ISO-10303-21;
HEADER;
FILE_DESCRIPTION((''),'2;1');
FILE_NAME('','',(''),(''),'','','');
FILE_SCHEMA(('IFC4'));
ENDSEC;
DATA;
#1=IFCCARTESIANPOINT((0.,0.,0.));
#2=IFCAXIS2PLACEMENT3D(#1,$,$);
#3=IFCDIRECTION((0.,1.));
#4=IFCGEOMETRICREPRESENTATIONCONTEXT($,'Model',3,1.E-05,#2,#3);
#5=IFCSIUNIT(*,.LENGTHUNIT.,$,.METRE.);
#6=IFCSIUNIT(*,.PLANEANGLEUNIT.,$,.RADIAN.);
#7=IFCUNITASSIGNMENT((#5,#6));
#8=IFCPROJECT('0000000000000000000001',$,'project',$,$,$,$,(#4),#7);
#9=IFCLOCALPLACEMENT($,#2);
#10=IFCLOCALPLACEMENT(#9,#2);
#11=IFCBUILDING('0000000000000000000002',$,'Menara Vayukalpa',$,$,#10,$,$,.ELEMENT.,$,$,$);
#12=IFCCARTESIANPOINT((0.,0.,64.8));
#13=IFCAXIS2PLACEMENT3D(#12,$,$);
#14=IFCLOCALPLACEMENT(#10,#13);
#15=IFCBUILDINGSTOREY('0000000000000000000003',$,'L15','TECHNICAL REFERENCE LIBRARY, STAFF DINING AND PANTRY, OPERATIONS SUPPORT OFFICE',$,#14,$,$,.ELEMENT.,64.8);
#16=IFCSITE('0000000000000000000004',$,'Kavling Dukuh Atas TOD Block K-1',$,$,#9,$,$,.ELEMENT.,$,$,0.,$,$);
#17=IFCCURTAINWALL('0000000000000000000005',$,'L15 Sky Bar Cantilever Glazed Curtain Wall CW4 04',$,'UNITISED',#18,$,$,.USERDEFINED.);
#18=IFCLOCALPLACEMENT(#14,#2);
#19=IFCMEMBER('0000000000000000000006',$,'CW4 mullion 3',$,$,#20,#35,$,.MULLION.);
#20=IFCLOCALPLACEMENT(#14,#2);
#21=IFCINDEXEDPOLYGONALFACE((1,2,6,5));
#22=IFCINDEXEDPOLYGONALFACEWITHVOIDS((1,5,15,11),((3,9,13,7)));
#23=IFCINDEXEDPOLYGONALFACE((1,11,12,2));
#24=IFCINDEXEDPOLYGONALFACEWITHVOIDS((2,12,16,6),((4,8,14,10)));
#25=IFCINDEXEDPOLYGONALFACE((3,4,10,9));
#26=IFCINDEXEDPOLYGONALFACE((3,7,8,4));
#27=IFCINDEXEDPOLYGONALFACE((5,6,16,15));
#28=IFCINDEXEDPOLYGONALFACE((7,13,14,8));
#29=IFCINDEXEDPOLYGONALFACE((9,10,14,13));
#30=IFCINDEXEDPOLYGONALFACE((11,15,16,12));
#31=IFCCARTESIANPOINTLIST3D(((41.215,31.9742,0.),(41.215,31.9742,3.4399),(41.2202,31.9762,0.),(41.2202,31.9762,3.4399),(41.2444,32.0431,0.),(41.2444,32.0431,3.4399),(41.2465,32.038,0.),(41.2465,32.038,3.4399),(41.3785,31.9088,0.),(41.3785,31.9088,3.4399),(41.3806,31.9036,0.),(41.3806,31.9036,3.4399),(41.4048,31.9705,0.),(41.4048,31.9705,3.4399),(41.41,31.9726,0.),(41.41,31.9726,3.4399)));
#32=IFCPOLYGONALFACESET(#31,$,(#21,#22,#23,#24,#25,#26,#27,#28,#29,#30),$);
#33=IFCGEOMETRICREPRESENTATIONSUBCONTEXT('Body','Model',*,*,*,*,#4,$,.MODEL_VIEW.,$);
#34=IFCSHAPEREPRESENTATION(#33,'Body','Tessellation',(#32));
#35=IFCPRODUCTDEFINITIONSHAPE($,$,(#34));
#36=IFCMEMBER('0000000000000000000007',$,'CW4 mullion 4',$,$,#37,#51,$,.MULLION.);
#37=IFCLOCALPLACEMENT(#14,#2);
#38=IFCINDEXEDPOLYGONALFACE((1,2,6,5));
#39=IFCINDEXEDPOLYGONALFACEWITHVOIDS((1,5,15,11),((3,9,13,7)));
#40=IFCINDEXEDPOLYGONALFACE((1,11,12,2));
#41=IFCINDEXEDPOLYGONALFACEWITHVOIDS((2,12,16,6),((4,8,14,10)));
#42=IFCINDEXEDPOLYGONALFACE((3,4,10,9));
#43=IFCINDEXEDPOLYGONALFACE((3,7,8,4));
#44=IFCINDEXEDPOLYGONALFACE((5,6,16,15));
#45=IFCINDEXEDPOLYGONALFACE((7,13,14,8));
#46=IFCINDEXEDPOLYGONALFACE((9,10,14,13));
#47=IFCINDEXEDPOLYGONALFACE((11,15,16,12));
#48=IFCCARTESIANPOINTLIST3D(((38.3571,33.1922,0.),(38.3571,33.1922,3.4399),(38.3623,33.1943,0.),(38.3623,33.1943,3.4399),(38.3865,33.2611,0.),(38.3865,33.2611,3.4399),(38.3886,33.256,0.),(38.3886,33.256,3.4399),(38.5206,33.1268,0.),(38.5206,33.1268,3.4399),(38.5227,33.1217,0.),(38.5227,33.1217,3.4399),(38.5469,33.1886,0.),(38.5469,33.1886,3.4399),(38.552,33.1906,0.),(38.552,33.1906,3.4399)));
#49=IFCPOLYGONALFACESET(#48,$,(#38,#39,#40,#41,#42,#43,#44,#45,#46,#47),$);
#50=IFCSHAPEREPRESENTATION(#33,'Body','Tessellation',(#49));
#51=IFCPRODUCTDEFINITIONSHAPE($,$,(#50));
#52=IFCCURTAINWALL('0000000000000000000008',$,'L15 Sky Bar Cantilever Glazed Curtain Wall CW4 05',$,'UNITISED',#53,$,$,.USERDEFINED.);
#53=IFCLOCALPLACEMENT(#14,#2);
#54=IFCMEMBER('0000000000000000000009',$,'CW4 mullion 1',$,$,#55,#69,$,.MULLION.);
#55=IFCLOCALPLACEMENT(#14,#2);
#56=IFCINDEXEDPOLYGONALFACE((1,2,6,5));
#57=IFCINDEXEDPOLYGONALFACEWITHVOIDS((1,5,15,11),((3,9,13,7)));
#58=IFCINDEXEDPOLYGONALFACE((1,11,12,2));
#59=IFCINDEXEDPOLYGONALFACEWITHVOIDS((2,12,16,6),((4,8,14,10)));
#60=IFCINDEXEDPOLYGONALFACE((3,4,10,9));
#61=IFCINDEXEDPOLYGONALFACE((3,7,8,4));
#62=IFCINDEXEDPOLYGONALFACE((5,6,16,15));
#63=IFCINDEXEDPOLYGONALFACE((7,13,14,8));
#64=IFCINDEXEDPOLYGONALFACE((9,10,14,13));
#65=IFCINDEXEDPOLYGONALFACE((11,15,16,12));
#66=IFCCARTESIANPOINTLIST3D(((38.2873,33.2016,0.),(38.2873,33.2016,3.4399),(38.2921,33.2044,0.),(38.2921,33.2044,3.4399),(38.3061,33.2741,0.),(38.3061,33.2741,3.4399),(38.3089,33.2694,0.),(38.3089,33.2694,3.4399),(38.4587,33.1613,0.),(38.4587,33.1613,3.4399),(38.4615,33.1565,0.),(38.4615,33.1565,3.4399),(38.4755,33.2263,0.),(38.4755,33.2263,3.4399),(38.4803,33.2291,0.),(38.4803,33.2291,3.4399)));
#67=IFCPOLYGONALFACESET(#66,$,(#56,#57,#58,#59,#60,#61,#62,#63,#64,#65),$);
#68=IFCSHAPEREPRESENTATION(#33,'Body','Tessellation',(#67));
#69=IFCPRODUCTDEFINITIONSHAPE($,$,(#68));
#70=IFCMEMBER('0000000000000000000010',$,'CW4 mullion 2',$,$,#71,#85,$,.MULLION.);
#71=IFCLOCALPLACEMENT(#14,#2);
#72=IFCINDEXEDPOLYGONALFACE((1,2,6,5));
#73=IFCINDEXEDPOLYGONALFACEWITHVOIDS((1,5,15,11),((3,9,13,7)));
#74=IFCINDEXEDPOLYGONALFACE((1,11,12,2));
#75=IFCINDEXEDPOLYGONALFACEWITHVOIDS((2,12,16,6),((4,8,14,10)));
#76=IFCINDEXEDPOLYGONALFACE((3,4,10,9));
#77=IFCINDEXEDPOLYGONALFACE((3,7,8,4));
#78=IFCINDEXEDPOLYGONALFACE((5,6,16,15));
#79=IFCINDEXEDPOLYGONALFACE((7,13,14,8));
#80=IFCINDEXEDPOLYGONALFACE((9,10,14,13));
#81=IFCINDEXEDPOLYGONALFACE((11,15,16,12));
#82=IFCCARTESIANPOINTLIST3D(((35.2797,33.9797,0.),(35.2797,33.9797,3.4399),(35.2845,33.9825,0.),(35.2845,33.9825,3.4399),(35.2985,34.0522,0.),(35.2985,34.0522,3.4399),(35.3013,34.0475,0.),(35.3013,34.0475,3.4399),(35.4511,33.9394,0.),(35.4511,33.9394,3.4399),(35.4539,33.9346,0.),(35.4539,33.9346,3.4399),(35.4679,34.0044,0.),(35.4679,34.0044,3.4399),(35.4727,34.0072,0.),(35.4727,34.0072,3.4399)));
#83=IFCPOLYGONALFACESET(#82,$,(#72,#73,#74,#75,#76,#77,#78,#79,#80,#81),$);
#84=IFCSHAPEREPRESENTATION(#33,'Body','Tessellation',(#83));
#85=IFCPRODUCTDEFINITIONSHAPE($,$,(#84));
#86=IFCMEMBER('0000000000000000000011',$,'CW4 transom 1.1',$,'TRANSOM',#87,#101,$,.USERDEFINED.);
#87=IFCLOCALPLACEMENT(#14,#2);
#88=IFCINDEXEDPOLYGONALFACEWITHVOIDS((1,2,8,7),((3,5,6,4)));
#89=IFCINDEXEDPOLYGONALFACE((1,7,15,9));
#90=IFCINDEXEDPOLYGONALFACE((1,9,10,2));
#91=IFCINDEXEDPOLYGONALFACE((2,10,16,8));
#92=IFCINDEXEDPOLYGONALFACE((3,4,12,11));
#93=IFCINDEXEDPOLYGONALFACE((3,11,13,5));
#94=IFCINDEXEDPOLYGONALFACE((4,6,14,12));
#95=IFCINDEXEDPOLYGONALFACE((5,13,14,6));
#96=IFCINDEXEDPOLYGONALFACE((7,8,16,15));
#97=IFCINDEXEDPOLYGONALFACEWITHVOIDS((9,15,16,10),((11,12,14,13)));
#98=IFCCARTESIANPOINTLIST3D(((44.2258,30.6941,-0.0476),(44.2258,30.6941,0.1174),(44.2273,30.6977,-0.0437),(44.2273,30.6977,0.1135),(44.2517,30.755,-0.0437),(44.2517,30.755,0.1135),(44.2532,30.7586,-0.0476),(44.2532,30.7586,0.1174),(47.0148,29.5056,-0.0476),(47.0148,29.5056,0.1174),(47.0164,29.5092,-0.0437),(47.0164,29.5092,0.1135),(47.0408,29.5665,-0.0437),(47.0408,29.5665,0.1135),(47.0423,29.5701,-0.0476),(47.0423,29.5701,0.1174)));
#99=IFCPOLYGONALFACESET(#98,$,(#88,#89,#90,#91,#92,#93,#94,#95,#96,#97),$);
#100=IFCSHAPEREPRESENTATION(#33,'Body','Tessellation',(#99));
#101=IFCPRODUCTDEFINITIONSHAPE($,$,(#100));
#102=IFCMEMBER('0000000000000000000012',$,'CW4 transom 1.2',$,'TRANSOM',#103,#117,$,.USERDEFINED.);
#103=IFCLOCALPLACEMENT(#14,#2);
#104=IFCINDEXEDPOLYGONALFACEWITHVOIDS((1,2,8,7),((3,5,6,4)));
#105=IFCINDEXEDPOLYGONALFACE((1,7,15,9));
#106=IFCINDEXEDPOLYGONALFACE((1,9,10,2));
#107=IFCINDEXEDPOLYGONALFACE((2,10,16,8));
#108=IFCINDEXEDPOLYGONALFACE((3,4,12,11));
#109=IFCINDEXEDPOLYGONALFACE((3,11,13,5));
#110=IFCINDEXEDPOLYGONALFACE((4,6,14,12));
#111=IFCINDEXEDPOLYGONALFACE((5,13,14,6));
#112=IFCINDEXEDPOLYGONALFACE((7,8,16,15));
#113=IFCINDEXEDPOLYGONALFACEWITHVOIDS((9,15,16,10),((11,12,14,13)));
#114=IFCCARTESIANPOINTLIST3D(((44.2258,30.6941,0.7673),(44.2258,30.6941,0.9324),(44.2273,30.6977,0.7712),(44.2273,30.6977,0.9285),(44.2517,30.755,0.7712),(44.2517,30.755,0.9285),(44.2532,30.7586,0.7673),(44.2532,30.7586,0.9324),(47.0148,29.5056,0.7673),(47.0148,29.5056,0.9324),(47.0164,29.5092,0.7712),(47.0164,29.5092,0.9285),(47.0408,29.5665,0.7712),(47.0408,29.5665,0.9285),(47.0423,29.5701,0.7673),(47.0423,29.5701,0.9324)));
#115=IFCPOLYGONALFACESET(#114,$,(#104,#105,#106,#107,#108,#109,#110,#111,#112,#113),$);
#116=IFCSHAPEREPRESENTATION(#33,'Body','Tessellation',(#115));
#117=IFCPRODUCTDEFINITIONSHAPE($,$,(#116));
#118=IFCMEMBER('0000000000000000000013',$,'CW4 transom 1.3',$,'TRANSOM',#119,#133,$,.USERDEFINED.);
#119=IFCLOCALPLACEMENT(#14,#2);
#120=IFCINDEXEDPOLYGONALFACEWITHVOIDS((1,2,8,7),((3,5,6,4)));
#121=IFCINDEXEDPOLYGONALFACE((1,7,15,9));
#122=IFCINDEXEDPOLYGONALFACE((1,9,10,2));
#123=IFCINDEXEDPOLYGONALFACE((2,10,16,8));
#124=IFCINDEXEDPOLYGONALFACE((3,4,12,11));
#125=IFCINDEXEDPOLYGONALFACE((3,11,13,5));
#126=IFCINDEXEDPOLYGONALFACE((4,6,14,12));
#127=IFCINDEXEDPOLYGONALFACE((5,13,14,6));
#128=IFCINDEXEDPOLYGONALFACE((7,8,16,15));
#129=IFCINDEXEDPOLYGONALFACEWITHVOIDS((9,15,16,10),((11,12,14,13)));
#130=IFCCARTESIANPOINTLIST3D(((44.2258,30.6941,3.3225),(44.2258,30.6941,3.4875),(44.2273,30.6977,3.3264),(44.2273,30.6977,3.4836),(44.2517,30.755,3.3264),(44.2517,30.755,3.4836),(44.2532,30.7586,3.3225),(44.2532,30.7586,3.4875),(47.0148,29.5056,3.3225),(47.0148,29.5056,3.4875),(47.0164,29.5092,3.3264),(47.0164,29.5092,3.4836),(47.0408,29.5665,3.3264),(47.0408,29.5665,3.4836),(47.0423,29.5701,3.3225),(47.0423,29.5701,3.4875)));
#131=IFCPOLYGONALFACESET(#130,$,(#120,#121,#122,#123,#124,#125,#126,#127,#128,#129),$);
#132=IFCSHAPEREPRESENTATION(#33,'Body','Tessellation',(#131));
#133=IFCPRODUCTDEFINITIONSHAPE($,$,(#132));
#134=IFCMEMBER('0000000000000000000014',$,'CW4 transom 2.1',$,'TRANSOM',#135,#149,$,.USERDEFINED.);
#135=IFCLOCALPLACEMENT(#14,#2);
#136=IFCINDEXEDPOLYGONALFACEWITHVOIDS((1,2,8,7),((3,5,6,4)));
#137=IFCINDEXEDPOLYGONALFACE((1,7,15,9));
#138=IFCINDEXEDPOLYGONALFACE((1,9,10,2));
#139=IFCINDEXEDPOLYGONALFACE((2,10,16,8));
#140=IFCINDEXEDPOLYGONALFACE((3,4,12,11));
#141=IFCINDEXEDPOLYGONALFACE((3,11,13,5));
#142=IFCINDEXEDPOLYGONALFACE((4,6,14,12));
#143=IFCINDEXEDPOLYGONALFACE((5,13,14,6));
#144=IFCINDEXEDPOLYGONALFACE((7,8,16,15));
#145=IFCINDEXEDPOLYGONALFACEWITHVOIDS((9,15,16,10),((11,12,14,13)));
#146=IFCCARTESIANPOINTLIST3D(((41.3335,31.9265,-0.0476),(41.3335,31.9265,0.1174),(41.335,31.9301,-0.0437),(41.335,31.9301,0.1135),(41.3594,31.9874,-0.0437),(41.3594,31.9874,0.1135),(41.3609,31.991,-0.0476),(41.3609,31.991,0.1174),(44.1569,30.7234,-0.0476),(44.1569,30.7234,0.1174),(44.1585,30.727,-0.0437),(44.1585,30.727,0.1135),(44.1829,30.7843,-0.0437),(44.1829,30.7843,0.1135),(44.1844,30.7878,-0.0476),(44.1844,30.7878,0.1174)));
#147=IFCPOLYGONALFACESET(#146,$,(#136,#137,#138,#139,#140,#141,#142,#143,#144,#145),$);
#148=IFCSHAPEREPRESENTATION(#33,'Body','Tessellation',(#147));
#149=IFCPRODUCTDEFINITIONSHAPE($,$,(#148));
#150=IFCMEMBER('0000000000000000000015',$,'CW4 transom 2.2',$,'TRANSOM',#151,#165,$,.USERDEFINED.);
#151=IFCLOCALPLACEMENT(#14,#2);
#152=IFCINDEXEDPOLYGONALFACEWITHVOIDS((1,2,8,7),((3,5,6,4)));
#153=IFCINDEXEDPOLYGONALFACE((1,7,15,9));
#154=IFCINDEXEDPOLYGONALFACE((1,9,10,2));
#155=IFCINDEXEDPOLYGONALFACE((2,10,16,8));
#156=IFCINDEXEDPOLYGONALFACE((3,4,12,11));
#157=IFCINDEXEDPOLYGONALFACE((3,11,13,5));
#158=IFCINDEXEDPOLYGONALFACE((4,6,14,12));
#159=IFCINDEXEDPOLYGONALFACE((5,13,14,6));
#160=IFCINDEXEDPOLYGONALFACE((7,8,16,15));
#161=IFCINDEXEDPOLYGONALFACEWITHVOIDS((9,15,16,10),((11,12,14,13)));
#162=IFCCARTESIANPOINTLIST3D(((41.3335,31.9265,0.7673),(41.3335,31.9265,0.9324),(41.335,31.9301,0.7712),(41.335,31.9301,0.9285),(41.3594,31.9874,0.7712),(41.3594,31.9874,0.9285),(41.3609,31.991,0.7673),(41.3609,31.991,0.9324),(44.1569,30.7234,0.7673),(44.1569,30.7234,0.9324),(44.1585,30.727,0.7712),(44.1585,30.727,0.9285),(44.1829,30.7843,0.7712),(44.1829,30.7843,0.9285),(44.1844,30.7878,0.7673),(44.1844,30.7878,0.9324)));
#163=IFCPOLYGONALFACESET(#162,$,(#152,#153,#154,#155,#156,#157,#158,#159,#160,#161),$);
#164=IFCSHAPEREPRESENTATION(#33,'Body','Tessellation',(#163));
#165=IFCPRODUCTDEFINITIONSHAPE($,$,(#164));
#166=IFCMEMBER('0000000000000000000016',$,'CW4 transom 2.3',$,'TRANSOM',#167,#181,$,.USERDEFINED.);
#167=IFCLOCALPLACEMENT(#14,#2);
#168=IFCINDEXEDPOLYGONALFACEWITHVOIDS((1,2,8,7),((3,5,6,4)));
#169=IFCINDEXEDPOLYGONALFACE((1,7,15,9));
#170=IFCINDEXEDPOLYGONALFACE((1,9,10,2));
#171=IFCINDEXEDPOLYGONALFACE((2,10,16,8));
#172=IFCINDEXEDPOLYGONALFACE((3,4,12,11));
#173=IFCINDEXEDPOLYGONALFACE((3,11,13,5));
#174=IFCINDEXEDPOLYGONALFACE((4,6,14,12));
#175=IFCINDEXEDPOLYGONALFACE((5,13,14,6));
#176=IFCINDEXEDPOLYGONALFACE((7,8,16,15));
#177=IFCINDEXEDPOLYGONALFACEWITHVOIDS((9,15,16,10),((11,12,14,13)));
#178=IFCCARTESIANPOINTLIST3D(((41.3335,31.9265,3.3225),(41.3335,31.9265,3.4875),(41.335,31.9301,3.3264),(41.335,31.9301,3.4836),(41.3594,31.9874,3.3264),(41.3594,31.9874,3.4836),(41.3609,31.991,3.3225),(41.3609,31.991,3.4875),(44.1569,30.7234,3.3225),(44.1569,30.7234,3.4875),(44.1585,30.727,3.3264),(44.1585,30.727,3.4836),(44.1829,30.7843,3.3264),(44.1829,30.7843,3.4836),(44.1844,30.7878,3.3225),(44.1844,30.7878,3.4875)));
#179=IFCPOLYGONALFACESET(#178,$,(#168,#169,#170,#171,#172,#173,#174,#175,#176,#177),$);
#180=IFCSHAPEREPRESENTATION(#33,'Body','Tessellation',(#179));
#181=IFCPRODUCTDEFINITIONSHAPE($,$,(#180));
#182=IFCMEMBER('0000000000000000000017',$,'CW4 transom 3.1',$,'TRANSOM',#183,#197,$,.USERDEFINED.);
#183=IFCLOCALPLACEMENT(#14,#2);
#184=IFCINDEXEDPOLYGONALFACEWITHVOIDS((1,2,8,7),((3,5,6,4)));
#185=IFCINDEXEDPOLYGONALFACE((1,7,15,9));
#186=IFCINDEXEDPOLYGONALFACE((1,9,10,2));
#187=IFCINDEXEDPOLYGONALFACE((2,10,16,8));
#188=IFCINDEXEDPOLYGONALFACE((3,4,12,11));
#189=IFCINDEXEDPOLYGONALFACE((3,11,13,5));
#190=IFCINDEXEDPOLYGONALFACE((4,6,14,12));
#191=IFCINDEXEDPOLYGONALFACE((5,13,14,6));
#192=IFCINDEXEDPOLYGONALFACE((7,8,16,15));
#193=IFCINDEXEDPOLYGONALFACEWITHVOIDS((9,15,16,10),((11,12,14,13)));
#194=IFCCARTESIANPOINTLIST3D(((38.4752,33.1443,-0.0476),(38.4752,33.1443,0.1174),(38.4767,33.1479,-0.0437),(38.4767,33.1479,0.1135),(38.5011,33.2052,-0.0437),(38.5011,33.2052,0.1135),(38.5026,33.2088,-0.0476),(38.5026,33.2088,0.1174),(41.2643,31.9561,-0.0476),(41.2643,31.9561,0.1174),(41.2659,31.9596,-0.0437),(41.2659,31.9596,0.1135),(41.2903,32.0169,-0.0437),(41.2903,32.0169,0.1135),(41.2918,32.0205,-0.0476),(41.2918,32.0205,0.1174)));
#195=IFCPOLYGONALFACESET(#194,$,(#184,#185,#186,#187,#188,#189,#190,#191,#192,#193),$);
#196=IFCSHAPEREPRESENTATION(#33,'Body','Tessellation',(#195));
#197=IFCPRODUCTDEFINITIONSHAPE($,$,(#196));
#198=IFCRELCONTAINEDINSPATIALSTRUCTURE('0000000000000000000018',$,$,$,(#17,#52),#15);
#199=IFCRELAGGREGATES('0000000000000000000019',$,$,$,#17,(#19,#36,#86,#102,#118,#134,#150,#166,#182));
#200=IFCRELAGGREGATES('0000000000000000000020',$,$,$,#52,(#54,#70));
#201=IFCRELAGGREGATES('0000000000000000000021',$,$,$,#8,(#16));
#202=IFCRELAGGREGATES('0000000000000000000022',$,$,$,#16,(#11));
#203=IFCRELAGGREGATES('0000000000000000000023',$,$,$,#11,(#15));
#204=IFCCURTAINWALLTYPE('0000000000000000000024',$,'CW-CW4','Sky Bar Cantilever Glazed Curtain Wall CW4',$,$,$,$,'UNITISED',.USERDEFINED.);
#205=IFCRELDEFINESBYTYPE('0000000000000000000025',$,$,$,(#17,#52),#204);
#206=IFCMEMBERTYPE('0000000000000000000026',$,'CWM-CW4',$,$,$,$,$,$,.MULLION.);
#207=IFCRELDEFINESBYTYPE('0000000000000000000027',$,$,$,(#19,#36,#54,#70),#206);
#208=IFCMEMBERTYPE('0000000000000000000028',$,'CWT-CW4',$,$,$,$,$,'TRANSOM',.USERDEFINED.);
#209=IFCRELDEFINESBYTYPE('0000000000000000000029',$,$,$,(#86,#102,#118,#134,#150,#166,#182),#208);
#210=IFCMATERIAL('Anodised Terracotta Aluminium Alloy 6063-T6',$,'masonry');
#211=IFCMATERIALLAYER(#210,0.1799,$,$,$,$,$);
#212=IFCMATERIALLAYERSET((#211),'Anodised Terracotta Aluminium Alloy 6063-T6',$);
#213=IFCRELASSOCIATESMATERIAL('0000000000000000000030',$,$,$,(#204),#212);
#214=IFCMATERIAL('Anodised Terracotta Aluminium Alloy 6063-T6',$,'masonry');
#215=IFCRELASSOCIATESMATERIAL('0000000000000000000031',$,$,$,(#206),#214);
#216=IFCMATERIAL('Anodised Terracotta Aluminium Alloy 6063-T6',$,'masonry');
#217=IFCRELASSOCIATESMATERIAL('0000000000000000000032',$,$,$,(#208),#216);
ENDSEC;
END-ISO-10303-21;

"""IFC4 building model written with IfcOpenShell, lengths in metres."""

from ifc_helpers import new_model, si_unit, direction, frame, origin, origin_2d, place, context, subcontext, project, spatial, hollow_rectangle, extrude, material, layer, layer_set, material_profile, profile_set, type_object, element, aggregate, save


model = new_model("IFC4")

# Units and contexts
model_context = context("Model", 3, precision=1e-05, world=origin(), true_north=direction((0.0, 1.0)))
body_context = subcontext(model_context, "Body", "Model", "MODEL_VIEW")
ifc_project = project(units=[si_unit("LENGTHUNIT", "METRE"), si_unit("PLANEANGLEUNIT", "RADIAN")], contexts=[model_context])

# Site, building, storey
site_placement = place(None, origin())
site = spatial("IfcSite", under=ifc_project, at=site_placement, Name="Kavling Dukuh Atas TOD Block K-1", CompositionType="ELEMENT", RefElevation=0.0)
building_placement = place(site_placement, origin())
building = spatial("IfcBuilding", under=site, at=building_placement, Name="Menara Vayukalpa", CompositionType="ELEMENT")
storey_placement = place(building_placement, frame((0.0, 0.0, 64.8)))
storey = spatial("IfcBuildingStorey", under=building, at=storey_placement, Name="L15", Description="TECHNICAL REFERENCE LIBRARY, STAFF DINING AND PANTRY, OPERATIONS SUPPORT OFFICE", CompositionType="ELEMENT", Elevation=64.8)

# Curtain walls, members
ifc_material_1 = material(Name="Anodised Terracotta Aluminium Alloy 6063-T6", Category="masonry")
ifc_layer_1 = layer(ifc_material_1, 0.1799)
ifc_layer_set_1 = layer_set([ifc_layer_1], Name="Anodised Terracotta Aluminium Alloy 6063-T6")
curtain_wall_type = type_object("IfcCurtainWallType", Name="CW-CW4", Description="Sky Bar Cantilever Glazed Curtain Wall CW4", ElementType="UNITISED", PredefinedType="USERDEFINED", material=ifc_layer_set_1)
curtain_wall_1_placement = place(storey_placement, origin())
curtain_wall_1 = element("IfcCurtainWall", 1, at=curtain_wall_1_placement, inside=storey, type_object=curtain_wall_type, Name="L15 Sky Bar Cantilever Glazed Curtain Wall CW4 04", ObjectType="UNITISED", PredefinedType="USERDEFINED")
ifc_material_2 = material(Name="Anodised Terracotta Aluminium Alloy 6063-T6", Category="masonry")
ifc_material_profile_1 = material_profile(ifc_material_2, hollow_rectangle(XDim=0.075, YDim=0.1799, WallThickness=0.0039, at=origin_2d()), Name="ALU 75x180x4")
ifc_profile_set_1 = profile_set([ifc_material_profile_1], Name="Anodised Terracotta Aluminium Alloy 6063-T6")
member_type_1 = type_object("IfcMemberType", Name="CWM-CW4", PredefinedType="MULLION", material=ifc_profile_set_1)
member_1_placement = place(storey_placement, frame((41.3125, 31.9734, 0.0), z_axis=(0.0, 0.0, 1.0), x_axis=(-0.392008, -0.919962, 0.0)))
member_1 = element("IfcMember", 2, at=member_1_placement, type_object=member_type_1, Name="CW4 mullion 3", PredefinedType="MULLION", context=body_context, shape_type="SweptSolid", body=[
    extrude(hollow_rectangle(XDim=0.075, YDim=0.1799, WallThickness=0.0039, at=origin_2d()), origin(), (0.0, 0.0, 1.0), 3.4399),
])
member_2_placement = place(storey_placement, frame((38.4546, 33.1914, 0.0), z_axis=(0.0, 0.0, 1.0), x_axis=(-0.392008, -0.919962, 0.0)))
member_2 = element("IfcMember", 3, at=member_2_placement, type_object=member_type_1, Name="CW4 mullion 4", PredefinedType="MULLION", context=body_context, shape_type="SweptSolid", body=[
    extrude(hollow_rectangle(XDim=0.075, YDim=0.1799, WallThickness=0.0039, at=origin_2d()), origin(), (0.0, 0.0, 1.0), 3.4399),
])
curtain_wall_2_placement = place(storey_placement, origin())
curtain_wall_2 = element("IfcCurtainWall", 4, at=curtain_wall_2_placement, inside=storey, type_object=curtain_wall_type, Name="L15 Sky Bar Cantilever Glazed Curtain Wall CW4 05", ObjectType="UNITISED", PredefinedType="USERDEFINED")
member_3_placement = place(storey_placement, frame((38.3838, 33.2153, 0.0), z_axis=(0.0, 0.0, 1.0), x_axis=(-0.250403, -0.968142, 0.0)))
member_3 = element("IfcMember", 5, at=member_3_placement, type_object=member_type_1, Name="CW4 mullion 1", PredefinedType="MULLION", context=body_context, shape_type="SweptSolid", body=[
    extrude(hollow_rectangle(XDim=0.075, YDim=0.1799, WallThickness=0.0039, at=origin_2d()), origin(), (0.0, 0.0, 1.0), 3.4399),
])
member_4_placement = place(storey_placement, frame((35.3762, 33.9934, 0.0), z_axis=(0.0, 0.0, 1.0), x_axis=(-0.250403, -0.968142, 0.0)))
member_4 = element("IfcMember", 6, at=member_4_placement, type_object=member_type_1, Name="CW4 mullion 2", PredefinedType="MULLION", context=body_context, shape_type="SweptSolid", body=[
    extrude(hollow_rectangle(XDim=0.075, YDim=0.1799, WallThickness=0.0039, at=origin_2d()), origin(), (0.0, 0.0, 1.0), 3.4399),
])

# Members
ifc_material_3 = material(Name="Anodised Terracotta Aluminium Alloy 6063-T6", Category="masonry")
ifc_material_profile_2 = material_profile(ifc_material_3, hollow_rectangle(XDim=0.0701, YDim=0.165, WallThickness=0.0039, at=origin_2d()), Name="ALU 70x165x4")
ifc_profile_set_2 = profile_set([ifc_material_profile_2], Name="Anodised Terracotta Aluminium Alloy 6063-T6")
member_type_2 = type_object("IfcMemberType", Name="CWT-CW4", ElementType="TRANSOM", PredefinedType="USERDEFINED", material=ifc_profile_set_2)
member_5_placement = place(storey_placement, frame((47.0286, 29.5378, 0.0349), z_axis=(-0.919959, 0.392014, 0.0), x_axis=(-0.392014, -0.919959, 0.0)))
member_5 = element("IfcMember", 7, at=member_5_placement, type_object=member_type_2, Name="CW4 transom 1.1", ObjectType="TRANSOM", PredefinedType="USERDEFINED", context=body_context, shape_type="SweptSolid", body=[
    extrude(hollow_rectangle(XDim=0.0701, YDim=0.165, WallThickness=0.0039, at=origin_2d()), origin(), (0.0, 0.0, 1.0), 3.0317),
])
member_6_placement = place(storey_placement, frame((47.0286, 29.5378, 0.8499), z_axis=(-0.919959, 0.392014, 0.0), x_axis=(-0.392014, -0.919959, 0.0)))
member_6 = element("IfcMember", 8, at=member_6_placement, type_object=member_type_2, Name="CW4 transom 1.2", ObjectType="TRANSOM", PredefinedType="USERDEFINED", context=body_context, shape_type="SweptSolid", body=[
    extrude(hollow_rectangle(XDim=0.0701, YDim=0.165, WallThickness=0.0039, at=origin_2d()), origin(), (0.0, 0.0, 1.0), 3.0317),
])
member_7_placement = place(storey_placement, frame((47.0286, 29.5378, 3.405), z_axis=(-0.919959, 0.392014, 0.0), x_axis=(-0.392014, -0.919959, 0.0)))
member_7 = element("IfcMember", 9, at=member_7_placement, type_object=member_type_2, Name="CW4 transom 1.3", ObjectType="TRANSOM", PredefinedType="USERDEFINED", context=body_context, shape_type="SweptSolid", body=[
    extrude(hollow_rectangle(XDim=0.0701, YDim=0.165, WallThickness=0.0039, at=origin_2d()), origin(), (0.0, 0.0, 1.0), 3.0317),
])
member_8_placement = place(storey_placement, frame((44.1707, 30.7556, 0.0349), z_axis=(-0.919962, 0.392008, 0.0), x_axis=(-0.392008, -0.919962, 0.0)))
member_8 = element("IfcMember", 10, at=member_8_placement, type_object=member_type_2, Name="CW4 transom 2.1", ObjectType="TRANSOM", PredefinedType="USERDEFINED", context=body_context, shape_type="SweptSolid", body=[
    extrude(hollow_rectangle(XDim=0.0701, YDim=0.165, WallThickness=0.0039, at=origin_2d()), origin(), (0.0, 0.0, 1.0), 3.0691),
])
member_9_placement = place(storey_placement, frame((44.1707, 30.7556, 0.8499), z_axis=(-0.919962, 0.392008, 0.0), x_axis=(-0.392008, -0.919962, 0.0)))
member_9 = element("IfcMember", 11, at=member_9_placement, type_object=member_type_2, Name="CW4 transom 2.2", ObjectType="TRANSOM", PredefinedType="USERDEFINED", context=body_context, shape_type="SweptSolid", body=[
    extrude(hollow_rectangle(XDim=0.0701, YDim=0.165, WallThickness=0.0039, at=origin_2d()), origin(), (0.0, 0.0, 1.0), 3.0691),
])
member_10_placement = place(storey_placement, frame((44.1707, 30.7556, 3.405), z_axis=(-0.919962, 0.392008, 0.0), x_axis=(-0.392008, -0.919962, 0.0)))
member_10 = element("IfcMember", 12, at=member_10_placement, type_object=member_type_2, Name="CW4 transom 2.3", ObjectType="TRANSOM", PredefinedType="USERDEFINED", context=body_context, shape_type="SweptSolid", body=[
    extrude(hollow_rectangle(XDim=0.0701, YDim=0.165, WallThickness=0.0039, at=origin_2d()), origin(), (0.0, 0.0, 1.0), 3.0691),
])
member_11_placement = place(storey_placement, frame((41.2781, 31.9883, 0.0349), z_axis=(-0.919988, 0.391945, 0.0), x_axis=(-0.391945, -0.919988, 0.0)))
member_11 = element("IfcMember", 13, at=member_11_placement, type_object=member_type_2, Name="CW4 transom 3.1", ObjectType="TRANSOM", PredefinedType="USERDEFINED", context=body_context, shape_type="SweptSolid", body=[
    extrude(hollow_rectangle(XDim=0.0701, YDim=0.165, WallThickness=0.0039, at=origin_2d()), origin(), (0.0, 0.0, 1.0), 3.0317),
])

aggregate(curtain_wall_1, [member_1, member_2, member_5, member_6, member_7, member_8, member_9, member_10, member_11])
aggregate(curtain_wall_2, [member_3, member_4])

save(model, "model.ifc")
